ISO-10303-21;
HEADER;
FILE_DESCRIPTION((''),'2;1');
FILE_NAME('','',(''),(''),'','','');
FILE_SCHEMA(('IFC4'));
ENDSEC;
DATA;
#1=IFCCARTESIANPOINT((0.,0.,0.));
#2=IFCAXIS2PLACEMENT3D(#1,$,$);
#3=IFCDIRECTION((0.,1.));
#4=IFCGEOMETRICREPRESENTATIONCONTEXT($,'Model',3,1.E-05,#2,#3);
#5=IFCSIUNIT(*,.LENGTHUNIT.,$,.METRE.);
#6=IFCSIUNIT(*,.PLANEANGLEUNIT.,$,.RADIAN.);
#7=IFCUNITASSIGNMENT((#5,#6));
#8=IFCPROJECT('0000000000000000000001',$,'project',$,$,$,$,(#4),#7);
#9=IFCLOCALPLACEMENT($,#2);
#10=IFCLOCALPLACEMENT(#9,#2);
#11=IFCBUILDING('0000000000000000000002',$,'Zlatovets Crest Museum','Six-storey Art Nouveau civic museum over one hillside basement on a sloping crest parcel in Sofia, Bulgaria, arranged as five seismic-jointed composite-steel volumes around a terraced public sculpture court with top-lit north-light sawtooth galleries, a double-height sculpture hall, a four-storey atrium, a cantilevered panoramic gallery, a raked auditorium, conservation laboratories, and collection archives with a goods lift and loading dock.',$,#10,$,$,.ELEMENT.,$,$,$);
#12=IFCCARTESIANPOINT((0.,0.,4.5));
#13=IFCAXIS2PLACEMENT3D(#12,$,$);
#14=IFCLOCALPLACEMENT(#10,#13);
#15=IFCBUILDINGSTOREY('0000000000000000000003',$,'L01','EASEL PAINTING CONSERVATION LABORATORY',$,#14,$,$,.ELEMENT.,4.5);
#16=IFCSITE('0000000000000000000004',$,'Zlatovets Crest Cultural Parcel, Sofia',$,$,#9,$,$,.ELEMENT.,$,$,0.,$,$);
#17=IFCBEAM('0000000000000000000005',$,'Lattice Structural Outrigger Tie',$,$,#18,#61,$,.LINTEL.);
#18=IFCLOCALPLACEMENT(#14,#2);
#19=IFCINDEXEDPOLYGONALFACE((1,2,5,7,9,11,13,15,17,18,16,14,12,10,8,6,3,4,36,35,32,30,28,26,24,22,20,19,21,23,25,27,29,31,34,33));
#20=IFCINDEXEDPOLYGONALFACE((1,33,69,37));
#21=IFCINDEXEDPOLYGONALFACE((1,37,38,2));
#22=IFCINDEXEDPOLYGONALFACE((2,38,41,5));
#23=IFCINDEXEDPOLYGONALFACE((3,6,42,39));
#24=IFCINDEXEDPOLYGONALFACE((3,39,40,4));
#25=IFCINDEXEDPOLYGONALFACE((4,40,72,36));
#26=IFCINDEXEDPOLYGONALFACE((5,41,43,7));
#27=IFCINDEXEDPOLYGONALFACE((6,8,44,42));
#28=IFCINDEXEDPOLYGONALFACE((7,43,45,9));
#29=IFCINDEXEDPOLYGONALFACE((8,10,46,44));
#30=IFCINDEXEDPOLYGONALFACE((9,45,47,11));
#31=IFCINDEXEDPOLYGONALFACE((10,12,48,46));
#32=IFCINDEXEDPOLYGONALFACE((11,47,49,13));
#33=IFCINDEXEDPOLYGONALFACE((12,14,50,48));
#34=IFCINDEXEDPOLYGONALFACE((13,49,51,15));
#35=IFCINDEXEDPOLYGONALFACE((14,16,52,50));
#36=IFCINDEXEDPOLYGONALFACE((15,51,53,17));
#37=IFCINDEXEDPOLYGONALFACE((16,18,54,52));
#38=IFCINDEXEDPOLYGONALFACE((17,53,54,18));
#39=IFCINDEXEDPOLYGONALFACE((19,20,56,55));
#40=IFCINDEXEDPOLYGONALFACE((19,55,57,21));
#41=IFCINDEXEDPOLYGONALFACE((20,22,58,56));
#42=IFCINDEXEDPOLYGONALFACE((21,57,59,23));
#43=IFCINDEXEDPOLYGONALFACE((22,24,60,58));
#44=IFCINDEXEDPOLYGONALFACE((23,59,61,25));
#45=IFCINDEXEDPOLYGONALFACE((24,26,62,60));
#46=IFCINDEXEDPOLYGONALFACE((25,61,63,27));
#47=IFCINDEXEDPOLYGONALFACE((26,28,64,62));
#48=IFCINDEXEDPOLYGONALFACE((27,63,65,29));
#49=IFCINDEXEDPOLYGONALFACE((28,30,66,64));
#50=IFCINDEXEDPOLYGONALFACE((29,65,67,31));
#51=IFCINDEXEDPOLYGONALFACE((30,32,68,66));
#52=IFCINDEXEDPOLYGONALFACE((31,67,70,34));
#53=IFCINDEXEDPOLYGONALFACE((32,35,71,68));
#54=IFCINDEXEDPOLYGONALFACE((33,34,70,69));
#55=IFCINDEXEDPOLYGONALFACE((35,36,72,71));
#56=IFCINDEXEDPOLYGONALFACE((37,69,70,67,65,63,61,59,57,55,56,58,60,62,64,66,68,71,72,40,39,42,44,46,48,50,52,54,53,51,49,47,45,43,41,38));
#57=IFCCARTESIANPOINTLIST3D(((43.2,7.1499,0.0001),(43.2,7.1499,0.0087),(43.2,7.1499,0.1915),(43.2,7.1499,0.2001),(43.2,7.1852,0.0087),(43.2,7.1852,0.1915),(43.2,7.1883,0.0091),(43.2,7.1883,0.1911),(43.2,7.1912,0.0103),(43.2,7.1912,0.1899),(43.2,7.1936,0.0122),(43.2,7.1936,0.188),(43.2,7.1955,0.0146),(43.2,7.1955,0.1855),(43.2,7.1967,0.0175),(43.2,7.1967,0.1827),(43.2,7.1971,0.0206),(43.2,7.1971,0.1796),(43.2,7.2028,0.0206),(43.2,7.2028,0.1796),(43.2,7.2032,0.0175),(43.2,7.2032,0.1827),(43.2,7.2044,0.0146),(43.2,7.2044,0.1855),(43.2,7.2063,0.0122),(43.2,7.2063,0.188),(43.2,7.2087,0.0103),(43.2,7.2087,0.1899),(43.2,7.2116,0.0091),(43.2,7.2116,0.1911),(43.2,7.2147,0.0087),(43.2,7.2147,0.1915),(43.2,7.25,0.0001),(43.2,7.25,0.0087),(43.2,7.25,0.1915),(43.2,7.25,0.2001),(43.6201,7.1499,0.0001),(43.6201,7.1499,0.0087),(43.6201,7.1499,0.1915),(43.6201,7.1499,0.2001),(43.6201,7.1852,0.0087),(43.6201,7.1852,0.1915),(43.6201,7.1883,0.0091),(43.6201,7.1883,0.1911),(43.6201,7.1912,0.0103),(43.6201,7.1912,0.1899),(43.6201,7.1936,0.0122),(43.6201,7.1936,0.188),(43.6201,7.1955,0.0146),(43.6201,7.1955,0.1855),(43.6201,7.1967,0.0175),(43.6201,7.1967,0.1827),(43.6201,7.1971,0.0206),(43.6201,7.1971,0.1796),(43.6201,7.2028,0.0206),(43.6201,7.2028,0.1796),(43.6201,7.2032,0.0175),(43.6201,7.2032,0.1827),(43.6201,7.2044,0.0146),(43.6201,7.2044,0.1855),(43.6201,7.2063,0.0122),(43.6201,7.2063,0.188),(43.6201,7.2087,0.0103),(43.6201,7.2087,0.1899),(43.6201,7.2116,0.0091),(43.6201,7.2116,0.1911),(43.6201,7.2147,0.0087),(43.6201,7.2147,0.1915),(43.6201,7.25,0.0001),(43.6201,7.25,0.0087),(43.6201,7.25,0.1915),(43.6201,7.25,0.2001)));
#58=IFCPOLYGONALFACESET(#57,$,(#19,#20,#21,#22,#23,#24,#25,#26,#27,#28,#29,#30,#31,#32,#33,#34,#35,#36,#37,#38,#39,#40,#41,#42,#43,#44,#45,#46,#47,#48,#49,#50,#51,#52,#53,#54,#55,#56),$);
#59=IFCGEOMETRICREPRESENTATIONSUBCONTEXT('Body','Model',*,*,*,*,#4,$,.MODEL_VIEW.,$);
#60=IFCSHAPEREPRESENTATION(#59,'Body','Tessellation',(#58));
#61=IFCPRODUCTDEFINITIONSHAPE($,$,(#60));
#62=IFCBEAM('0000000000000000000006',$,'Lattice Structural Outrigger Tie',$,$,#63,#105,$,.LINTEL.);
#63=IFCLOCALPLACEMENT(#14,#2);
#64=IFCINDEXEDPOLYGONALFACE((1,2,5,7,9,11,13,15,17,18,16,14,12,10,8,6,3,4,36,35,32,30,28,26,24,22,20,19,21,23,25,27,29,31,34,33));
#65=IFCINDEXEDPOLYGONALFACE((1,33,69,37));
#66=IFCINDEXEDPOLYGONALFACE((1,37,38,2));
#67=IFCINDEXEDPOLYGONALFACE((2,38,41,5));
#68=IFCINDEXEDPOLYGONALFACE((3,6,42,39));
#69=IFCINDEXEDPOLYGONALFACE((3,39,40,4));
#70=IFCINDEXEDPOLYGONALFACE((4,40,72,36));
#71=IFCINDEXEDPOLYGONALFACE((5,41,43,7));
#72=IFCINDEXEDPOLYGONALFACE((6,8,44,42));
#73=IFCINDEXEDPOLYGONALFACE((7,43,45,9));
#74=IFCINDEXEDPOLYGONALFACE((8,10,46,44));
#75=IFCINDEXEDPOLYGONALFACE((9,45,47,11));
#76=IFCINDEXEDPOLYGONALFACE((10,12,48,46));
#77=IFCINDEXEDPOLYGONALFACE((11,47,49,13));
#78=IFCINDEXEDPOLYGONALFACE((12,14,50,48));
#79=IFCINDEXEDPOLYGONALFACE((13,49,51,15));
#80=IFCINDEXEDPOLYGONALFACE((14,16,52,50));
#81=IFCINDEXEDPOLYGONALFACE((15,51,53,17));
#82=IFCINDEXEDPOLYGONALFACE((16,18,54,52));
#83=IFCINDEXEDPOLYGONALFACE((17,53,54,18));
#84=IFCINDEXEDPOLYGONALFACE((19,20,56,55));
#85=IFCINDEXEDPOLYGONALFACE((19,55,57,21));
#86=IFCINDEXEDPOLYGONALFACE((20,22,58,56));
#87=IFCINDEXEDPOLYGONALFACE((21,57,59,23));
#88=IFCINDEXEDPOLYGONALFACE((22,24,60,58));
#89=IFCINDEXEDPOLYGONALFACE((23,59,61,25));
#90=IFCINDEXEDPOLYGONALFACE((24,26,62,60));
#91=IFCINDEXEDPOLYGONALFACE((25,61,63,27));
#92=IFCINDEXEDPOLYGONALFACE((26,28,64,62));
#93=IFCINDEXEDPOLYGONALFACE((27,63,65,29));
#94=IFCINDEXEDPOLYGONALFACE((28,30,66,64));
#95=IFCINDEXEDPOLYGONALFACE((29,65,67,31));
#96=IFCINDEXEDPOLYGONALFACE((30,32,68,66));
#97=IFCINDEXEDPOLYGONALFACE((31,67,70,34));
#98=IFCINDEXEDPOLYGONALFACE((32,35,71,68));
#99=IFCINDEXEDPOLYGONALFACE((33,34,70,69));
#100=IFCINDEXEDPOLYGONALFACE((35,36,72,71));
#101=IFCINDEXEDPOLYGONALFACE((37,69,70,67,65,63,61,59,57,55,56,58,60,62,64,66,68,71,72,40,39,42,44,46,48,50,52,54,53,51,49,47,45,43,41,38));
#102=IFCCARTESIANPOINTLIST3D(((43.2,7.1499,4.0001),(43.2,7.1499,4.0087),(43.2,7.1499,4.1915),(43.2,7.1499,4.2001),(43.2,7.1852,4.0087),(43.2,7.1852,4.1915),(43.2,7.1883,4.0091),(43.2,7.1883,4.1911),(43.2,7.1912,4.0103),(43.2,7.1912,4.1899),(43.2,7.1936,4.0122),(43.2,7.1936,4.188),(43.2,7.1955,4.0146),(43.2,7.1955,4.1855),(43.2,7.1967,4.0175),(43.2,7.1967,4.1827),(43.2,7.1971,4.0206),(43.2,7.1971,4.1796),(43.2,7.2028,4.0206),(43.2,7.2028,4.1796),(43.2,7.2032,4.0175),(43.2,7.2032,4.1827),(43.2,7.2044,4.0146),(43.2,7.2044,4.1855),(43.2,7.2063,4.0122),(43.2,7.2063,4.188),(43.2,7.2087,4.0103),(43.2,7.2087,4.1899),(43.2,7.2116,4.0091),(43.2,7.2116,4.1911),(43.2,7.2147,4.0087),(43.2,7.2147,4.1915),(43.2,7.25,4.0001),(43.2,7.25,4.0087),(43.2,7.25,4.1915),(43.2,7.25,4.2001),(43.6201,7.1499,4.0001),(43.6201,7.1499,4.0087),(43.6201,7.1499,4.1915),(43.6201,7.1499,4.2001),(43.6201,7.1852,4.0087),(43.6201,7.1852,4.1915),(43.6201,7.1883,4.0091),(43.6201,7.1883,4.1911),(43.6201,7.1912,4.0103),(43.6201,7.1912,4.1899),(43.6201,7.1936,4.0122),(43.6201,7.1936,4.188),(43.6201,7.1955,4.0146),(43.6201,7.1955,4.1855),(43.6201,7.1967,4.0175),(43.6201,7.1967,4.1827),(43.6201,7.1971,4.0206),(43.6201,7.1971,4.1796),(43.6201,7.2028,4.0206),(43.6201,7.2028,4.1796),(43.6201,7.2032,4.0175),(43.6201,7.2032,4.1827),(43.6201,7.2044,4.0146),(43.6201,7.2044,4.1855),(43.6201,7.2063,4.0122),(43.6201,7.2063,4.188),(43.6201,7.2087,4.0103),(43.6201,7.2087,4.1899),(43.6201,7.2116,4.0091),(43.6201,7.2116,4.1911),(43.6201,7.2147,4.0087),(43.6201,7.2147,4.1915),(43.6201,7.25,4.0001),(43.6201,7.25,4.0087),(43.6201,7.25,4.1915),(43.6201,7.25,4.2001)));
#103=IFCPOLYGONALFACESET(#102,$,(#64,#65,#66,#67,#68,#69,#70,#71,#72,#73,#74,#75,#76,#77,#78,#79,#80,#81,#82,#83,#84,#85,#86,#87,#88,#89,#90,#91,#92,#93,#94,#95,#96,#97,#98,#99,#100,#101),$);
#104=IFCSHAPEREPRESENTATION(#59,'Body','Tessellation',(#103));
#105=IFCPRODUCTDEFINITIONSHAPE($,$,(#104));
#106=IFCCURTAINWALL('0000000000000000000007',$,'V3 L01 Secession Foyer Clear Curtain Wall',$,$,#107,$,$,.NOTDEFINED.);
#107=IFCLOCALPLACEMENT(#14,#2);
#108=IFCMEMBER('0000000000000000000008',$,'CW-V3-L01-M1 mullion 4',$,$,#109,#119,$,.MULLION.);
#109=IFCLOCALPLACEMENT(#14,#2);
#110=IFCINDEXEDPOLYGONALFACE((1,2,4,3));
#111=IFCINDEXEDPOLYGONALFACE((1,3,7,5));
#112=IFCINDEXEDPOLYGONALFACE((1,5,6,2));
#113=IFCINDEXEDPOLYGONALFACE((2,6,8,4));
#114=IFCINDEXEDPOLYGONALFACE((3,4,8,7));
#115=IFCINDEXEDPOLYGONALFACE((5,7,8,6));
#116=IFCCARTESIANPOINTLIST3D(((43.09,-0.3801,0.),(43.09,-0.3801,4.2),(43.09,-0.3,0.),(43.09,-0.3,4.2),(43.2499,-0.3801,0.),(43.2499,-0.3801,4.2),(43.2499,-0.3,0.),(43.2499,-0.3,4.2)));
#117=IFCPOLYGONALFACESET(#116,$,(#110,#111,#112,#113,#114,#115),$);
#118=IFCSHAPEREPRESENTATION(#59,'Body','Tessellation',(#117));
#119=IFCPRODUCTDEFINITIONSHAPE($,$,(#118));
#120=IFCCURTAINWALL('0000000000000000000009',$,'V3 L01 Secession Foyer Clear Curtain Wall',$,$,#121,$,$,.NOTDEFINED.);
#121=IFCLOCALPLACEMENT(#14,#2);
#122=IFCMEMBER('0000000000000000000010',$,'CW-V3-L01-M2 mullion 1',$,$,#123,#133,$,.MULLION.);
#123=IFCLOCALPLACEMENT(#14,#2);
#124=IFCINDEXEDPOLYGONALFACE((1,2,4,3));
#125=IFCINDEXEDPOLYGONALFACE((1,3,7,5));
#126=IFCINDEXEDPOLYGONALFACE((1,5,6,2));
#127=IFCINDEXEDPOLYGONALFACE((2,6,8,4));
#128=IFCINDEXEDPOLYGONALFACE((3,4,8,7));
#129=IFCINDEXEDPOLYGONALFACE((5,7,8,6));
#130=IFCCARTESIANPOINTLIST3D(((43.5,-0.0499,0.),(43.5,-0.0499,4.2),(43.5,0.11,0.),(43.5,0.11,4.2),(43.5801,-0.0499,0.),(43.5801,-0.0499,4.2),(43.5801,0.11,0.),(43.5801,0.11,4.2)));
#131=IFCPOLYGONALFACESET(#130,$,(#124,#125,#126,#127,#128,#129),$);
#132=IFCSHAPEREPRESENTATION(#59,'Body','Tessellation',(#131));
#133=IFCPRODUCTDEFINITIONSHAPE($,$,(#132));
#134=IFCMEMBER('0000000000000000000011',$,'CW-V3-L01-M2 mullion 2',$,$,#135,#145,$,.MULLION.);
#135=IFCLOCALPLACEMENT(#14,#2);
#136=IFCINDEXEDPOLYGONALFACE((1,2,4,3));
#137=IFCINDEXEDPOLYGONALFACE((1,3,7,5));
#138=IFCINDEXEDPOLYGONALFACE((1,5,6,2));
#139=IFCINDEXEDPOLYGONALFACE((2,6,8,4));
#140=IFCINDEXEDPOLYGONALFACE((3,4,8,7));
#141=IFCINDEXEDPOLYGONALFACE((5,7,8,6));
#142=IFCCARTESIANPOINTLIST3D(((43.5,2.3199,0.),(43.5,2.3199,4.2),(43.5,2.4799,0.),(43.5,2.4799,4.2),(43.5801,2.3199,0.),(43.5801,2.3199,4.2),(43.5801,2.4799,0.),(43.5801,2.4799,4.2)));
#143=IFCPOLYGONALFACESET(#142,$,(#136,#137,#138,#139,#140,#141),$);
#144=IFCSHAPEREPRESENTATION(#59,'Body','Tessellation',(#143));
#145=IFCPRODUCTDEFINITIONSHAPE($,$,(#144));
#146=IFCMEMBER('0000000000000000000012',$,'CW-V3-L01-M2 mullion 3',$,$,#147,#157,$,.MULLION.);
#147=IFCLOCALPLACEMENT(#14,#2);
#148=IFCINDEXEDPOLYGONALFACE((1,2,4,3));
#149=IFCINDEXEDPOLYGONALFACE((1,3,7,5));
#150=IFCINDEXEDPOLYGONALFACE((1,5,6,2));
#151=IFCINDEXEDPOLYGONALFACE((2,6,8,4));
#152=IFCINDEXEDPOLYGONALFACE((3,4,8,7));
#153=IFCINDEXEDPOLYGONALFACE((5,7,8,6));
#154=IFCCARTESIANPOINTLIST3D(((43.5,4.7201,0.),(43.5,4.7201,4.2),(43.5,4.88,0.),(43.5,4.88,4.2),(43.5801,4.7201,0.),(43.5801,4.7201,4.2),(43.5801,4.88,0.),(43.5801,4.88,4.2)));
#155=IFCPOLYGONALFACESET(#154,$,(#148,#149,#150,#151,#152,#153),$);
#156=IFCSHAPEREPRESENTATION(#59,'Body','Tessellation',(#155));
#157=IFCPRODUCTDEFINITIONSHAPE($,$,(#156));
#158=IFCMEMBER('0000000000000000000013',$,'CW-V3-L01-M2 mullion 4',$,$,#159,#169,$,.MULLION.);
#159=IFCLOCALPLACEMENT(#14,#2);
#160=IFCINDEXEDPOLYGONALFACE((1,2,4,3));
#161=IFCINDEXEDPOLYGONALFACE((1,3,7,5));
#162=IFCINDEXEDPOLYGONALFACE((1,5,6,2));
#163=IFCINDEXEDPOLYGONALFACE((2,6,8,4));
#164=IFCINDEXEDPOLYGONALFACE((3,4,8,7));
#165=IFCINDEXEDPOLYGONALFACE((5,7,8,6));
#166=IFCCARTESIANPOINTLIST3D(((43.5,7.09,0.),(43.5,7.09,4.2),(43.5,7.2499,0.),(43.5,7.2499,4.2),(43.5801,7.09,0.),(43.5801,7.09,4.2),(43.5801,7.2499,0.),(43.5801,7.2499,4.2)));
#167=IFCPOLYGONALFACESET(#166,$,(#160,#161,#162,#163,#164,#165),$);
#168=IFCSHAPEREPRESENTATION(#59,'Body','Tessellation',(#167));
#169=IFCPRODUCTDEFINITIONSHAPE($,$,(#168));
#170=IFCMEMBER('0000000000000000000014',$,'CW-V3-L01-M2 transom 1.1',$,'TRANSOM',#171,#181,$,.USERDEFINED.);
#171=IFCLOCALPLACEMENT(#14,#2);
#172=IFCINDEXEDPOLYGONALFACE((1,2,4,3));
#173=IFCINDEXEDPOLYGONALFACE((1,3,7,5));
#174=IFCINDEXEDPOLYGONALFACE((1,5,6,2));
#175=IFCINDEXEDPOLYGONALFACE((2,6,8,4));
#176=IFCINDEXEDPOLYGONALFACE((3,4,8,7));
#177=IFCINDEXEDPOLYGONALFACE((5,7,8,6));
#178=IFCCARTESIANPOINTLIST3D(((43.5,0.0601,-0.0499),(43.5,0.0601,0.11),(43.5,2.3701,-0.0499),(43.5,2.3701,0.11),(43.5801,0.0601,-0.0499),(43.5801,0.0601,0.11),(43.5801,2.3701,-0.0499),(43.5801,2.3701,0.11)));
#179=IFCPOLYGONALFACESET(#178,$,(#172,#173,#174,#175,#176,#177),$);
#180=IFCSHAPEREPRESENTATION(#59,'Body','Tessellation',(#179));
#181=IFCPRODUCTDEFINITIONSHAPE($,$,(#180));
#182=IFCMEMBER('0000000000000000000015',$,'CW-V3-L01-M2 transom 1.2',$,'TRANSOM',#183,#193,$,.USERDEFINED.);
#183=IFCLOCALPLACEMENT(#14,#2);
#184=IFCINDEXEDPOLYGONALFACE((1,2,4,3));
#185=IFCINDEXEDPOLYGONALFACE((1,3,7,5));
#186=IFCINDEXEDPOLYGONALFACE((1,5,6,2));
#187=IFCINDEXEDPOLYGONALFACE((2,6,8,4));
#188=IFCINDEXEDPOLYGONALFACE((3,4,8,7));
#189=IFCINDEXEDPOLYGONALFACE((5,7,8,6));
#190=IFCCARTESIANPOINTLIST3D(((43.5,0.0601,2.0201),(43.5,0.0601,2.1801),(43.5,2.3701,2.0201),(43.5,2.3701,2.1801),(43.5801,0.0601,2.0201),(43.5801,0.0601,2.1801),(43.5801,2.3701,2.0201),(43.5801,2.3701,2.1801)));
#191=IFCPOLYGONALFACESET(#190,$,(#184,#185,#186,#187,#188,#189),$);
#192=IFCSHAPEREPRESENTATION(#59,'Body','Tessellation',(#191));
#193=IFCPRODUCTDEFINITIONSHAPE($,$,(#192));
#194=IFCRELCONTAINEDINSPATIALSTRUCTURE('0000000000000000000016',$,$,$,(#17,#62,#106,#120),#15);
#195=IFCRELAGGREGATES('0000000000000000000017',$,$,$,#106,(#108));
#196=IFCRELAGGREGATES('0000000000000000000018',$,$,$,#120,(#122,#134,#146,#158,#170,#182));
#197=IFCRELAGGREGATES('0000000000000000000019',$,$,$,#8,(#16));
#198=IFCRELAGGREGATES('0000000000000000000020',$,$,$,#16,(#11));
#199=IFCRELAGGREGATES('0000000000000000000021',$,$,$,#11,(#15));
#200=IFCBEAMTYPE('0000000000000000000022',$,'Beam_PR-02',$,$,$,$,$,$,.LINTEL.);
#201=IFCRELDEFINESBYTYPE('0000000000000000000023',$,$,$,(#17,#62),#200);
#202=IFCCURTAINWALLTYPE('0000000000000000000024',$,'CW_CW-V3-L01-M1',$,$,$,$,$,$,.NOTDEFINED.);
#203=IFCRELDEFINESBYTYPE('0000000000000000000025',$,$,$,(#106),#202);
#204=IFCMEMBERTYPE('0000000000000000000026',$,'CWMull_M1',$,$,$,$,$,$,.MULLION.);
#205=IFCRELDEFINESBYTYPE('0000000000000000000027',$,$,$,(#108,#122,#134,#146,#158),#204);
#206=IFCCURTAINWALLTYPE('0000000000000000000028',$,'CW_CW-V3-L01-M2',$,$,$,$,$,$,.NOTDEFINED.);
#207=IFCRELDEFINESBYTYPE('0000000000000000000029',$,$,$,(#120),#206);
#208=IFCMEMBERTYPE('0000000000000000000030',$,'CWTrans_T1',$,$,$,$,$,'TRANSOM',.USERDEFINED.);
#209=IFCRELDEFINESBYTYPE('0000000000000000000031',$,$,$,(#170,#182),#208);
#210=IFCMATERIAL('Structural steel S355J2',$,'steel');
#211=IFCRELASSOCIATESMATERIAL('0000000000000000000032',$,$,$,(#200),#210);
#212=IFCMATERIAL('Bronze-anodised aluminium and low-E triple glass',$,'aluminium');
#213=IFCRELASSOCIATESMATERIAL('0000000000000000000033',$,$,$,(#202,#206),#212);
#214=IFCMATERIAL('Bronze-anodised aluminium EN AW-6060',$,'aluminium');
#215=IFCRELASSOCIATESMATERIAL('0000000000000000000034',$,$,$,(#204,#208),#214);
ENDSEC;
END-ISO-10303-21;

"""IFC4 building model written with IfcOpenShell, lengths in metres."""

from ifc_helpers import new_model, si_unit, direction, frame, origin, origin_2d, place, context, subcontext, project, spatial, rectangle, i_section, extrude, material, material_profile, profile_set, type_object, element, aggregate, save


model = new_model("IFC4")

# Units and contexts
model_context = context("Model", 3, precision=1e-05, world=origin(), true_north=direction((0.0, 1.0)))
body_context = subcontext(model_context, "Body", "Model", "MODEL_VIEW")
ifc_project = project(units=[si_unit("LENGTHUNIT", "METRE"), si_unit("PLANEANGLEUNIT", "RADIAN")], contexts=[model_context])

# Site, building, storey
site_placement = place(None, origin())
site = spatial("IfcSite", under=ifc_project, at=site_placement, Name="Zlatovets Crest Cultural Parcel, Sofia", CompositionType="ELEMENT", RefElevation=0.0)
building_placement = place(site_placement, origin())
building = spatial("IfcBuilding", under=site, at=building_placement, Name="Zlatovets Crest Museum", Description="Six-storey Art Nouveau civic museum over one hillside basement on a sloping crest parcel in Sofia, Bulgaria, arranged as five seismic-jointed composite-steel volumes around a terraced public sculpture court with top-lit north-light sawtooth galleries, a double-height sculpture hall, a four-storey atrium, a cantilevered panoramic gallery, a raked auditorium, conservation laboratories, and collection archives with a goods lift and loading dock.", CompositionType="ELEMENT")
storey_placement = place(building_placement, frame((0.0, 0.0, 4.5)))
storey = spatial("IfcBuildingStorey", under=building, at=storey_placement, Name="L01", Description="EASEL PAINTING CONSERVATION LABORATORY", CompositionType="ELEMENT", Elevation=4.5)

# Shared definitions
ifc_material_1 = material(Name="Structural steel S355J2", Category="steel")

# Beams
ifc_material_profile_1 = material_profile(ifc_material_1, i_section(OverallWidth=0.1001, OverallDepth=0.2, WebThickness=0.0056, FlangeThickness=0.0085, FilletRadius=0.012, at=origin_2d()), Name="IPE 200")
ifc_profile_set_1 = profile_set([ifc_material_profile_1], Name="Structural steel S355J2")
beam_type_1 = type_object("IfcBeamType", Name="Beam_PR-02", PredefinedType="LINTEL", material=ifc_profile_set_1)
for number, where, z_axis, x_axis, name in (
    (1, (43.2, 7.2, 0.1001), (1.0, 0.0, 0.0), (0.0, 1.0, 0.0), "Lattice Structural Outrigger Tie"),
    (2, (43.2, 7.2, 4.1001), (1.0, 0.0, 0.0), (0.0, 1.0, 0.0), "Lattice Structural Outrigger Tie"),
):
    element("IfcBeam", number, at=place(storey_placement, frame(where, z_axis=z_axis, x_axis=x_axis)), inside=storey, type_object=beam_type_1, Name=name, PredefinedType="LINTEL", context=body_context, shape_type="SweptSolid", body=[
        extrude(i_section(OverallWidth=0.1001, OverallDepth=0.2, WebThickness=0.0056, FlangeThickness=0.0085, FilletRadius=0.012, at=origin_2d()), origin(), (0.0, 0.0, 1.0), 0.4202),
    ])

# Curtain wall, member
ifc_material_2 = material(Name="Bronze-anodised aluminium and low-E triple glass", Category="aluminium")
curtain_wall_type_1 = type_object("IfcCurtainWallType", Name="CW_CW-V3-L01-M1", PredefinedType="NOTDEFINED", material=ifc_material_2)
curtain_wall_1_placement = place(storey_placement, origin())
curtain_wall_1 = element("IfcCurtainWall", 3, at=curtain_wall_1_placement, inside=storey, type_object=curtain_wall_type_1, Name="V3 L01 Secession Foyer Clear Curtain Wall", PredefinedType="NOTDEFINED")
ifc_material_3 = material(Name="Bronze-anodised aluminium EN AW-6060", Category="aluminium")
ifc_material_profile_2 = material_profile(ifc_material_3, rectangle(XDim=0.0801, YDim=0.1599, at=origin_2d()), Name="ALU 80x160")
ifc_profile_set_2 = profile_set([ifc_material_profile_2], Name="Bronze-anodised aluminium EN AW-6060")
member_type_1 = type_object("IfcMemberType", Name="CWMull_M1", PredefinedType="MULLION", material=ifc_profile_set_2)
member_1_placement = place(storey_placement, frame((43.1699, -0.3401, 0.0), z_axis=(0.0, 0.0, 1.0), x_axis=(0.0, 1.0, 0.0)))
member_1 = element("IfcMember", 4, at=member_1_placement, type_object=member_type_1, Name="CW-V3-L01-M1 mullion 4", PredefinedType="MULLION", context=body_context, shape_type="SweptSolid", body=[
    extrude(rectangle(XDim=0.0801, YDim=0.1599, at=origin_2d()), origin(), (0.0, 0.0, 1.0), 4.2),
])
aggregate(curtain_wall_1, [member_1])

# Curtain wall, members
curtain_wall_type_2 = type_object("IfcCurtainWallType", Name="CW_CW-V3-L01-M2", PredefinedType="NOTDEFINED", material=ifc_material_2)
curtain_wall_2_placement = place(storey_placement, origin())
curtain_wall_2 = element("IfcCurtainWall", 5, at=curtain_wall_2_placement, inside=storey, type_object=curtain_wall_type_2, Name="V3 L01 Secession Foyer Clear Curtain Wall", PredefinedType="NOTDEFINED")
member_2_placement = place(storey_placement, frame((43.54, 0.03, 0.0), z_axis=(0.0, 0.0, 1.0), x_axis=(-1.0, 0.0, 0.0)))
member_2 = element("IfcMember", 6, at=member_2_placement, type_object=member_type_1, Name="CW-V3-L01-M2 mullion 1", PredefinedType="MULLION", context=body_context, shape_type="SweptSolid", body=[
    extrude(rectangle(XDim=0.0801, YDim=0.1599, at=origin_2d()), origin(), (0.0, 0.0, 1.0), 4.2),
])
member_3_placement = place(storey_placement, frame((43.54, 2.3999, 0.0), z_axis=(0.0, 0.0, 1.0), x_axis=(-1.0, 0.0, 0.0)))
member_3 = element("IfcMember", 7, at=member_3_placement, type_object=member_type_1, Name="CW-V3-L01-M2 mullion 2", PredefinedType="MULLION", context=body_context, shape_type="SweptSolid", body=[
    extrude(rectangle(XDim=0.0801, YDim=0.1599, at=origin_2d()), origin(), (0.0, 0.0, 1.0), 4.2),
])
member_4_placement = place(storey_placement, frame((43.54, 4.8, 0.0), z_axis=(0.0, 0.0, 1.0), x_axis=(-1.0, 0.0, 0.0)))
member_4 = element("IfcMember", 8, at=member_4_placement, type_object=member_type_1, Name="CW-V3-L01-M2 mullion 3", PredefinedType="MULLION", context=body_context, shape_type="SweptSolid", body=[
    extrude(rectangle(XDim=0.0801, YDim=0.1599, at=origin_2d()), origin(), (0.0, 0.0, 1.0), 4.2),
])
member_5_placement = place(storey_placement, frame((43.54, 7.1699, 0.0), z_axis=(0.0, 0.0, 1.0), x_axis=(-1.0, 0.0, 0.0)))
member_5 = element("IfcMember", 9, at=member_5_placement, type_object=member_type_1, Name="CW-V3-L01-M2 mullion 4", PredefinedType="MULLION", context=body_context, shape_type="SweptSolid", body=[
    extrude(rectangle(XDim=0.0801, YDim=0.1599, at=origin_2d()), origin(), (0.0, 0.0, 1.0), 4.2),
])
ifc_material_profile_3 = material_profile(ifc_material_3, rectangle(XDim=0.0801, YDim=0.1599, at=origin_2d()), Name="ALU 80x160")
ifc_profile_set_3 = profile_set([ifc_material_profile_3], Name="Bronze-anodised aluminium EN AW-6060")
member_type_2 = type_object("IfcMemberType", Name="CWTrans_T1", ElementType="TRANSOM", PredefinedType="USERDEFINED", material=ifc_profile_set_3)
member_6_placement = place(storey_placement, frame((43.54, 0.0601, 0.03), z_axis=(0.0, 1.0, 0.0), x_axis=(-1.0, 0.0, 0.0)))
member_6 = element("IfcMember", 10, at=member_6_placement, type_object=member_type_2, Name="CW-V3-L01-M2 transom 1.1", ObjectType="TRANSOM", PredefinedType="USERDEFINED", context=body_context, shape_type="SweptSolid", body=[
    extrude(rectangle(XDim=0.0801, YDim=0.1599, at=origin_2d()), origin(), (0.0, 0.0, 1.0), 2.3101),
])
member_7_placement = place(storey_placement, frame((43.54, 0.0601, 2.1001), z_axis=(0.0, 1.0, 0.0), x_axis=(-1.0, 0.0, 0.0)))
member_7 = element("IfcMember", 11, at=member_7_placement, type_object=member_type_2, Name="CW-V3-L01-M2 transom 1.2", ObjectType="TRANSOM", PredefinedType="USERDEFINED", context=body_context, shape_type="SweptSolid", body=[
    extrude(rectangle(XDim=0.0801, YDim=0.1599, at=origin_2d()), origin(), (0.0, 0.0, 1.0), 2.3101),
])

aggregate(curtain_wall_2, [member_2, member_3, member_4, member_5, member_6, member_7])

save(model, "model.ifc")
